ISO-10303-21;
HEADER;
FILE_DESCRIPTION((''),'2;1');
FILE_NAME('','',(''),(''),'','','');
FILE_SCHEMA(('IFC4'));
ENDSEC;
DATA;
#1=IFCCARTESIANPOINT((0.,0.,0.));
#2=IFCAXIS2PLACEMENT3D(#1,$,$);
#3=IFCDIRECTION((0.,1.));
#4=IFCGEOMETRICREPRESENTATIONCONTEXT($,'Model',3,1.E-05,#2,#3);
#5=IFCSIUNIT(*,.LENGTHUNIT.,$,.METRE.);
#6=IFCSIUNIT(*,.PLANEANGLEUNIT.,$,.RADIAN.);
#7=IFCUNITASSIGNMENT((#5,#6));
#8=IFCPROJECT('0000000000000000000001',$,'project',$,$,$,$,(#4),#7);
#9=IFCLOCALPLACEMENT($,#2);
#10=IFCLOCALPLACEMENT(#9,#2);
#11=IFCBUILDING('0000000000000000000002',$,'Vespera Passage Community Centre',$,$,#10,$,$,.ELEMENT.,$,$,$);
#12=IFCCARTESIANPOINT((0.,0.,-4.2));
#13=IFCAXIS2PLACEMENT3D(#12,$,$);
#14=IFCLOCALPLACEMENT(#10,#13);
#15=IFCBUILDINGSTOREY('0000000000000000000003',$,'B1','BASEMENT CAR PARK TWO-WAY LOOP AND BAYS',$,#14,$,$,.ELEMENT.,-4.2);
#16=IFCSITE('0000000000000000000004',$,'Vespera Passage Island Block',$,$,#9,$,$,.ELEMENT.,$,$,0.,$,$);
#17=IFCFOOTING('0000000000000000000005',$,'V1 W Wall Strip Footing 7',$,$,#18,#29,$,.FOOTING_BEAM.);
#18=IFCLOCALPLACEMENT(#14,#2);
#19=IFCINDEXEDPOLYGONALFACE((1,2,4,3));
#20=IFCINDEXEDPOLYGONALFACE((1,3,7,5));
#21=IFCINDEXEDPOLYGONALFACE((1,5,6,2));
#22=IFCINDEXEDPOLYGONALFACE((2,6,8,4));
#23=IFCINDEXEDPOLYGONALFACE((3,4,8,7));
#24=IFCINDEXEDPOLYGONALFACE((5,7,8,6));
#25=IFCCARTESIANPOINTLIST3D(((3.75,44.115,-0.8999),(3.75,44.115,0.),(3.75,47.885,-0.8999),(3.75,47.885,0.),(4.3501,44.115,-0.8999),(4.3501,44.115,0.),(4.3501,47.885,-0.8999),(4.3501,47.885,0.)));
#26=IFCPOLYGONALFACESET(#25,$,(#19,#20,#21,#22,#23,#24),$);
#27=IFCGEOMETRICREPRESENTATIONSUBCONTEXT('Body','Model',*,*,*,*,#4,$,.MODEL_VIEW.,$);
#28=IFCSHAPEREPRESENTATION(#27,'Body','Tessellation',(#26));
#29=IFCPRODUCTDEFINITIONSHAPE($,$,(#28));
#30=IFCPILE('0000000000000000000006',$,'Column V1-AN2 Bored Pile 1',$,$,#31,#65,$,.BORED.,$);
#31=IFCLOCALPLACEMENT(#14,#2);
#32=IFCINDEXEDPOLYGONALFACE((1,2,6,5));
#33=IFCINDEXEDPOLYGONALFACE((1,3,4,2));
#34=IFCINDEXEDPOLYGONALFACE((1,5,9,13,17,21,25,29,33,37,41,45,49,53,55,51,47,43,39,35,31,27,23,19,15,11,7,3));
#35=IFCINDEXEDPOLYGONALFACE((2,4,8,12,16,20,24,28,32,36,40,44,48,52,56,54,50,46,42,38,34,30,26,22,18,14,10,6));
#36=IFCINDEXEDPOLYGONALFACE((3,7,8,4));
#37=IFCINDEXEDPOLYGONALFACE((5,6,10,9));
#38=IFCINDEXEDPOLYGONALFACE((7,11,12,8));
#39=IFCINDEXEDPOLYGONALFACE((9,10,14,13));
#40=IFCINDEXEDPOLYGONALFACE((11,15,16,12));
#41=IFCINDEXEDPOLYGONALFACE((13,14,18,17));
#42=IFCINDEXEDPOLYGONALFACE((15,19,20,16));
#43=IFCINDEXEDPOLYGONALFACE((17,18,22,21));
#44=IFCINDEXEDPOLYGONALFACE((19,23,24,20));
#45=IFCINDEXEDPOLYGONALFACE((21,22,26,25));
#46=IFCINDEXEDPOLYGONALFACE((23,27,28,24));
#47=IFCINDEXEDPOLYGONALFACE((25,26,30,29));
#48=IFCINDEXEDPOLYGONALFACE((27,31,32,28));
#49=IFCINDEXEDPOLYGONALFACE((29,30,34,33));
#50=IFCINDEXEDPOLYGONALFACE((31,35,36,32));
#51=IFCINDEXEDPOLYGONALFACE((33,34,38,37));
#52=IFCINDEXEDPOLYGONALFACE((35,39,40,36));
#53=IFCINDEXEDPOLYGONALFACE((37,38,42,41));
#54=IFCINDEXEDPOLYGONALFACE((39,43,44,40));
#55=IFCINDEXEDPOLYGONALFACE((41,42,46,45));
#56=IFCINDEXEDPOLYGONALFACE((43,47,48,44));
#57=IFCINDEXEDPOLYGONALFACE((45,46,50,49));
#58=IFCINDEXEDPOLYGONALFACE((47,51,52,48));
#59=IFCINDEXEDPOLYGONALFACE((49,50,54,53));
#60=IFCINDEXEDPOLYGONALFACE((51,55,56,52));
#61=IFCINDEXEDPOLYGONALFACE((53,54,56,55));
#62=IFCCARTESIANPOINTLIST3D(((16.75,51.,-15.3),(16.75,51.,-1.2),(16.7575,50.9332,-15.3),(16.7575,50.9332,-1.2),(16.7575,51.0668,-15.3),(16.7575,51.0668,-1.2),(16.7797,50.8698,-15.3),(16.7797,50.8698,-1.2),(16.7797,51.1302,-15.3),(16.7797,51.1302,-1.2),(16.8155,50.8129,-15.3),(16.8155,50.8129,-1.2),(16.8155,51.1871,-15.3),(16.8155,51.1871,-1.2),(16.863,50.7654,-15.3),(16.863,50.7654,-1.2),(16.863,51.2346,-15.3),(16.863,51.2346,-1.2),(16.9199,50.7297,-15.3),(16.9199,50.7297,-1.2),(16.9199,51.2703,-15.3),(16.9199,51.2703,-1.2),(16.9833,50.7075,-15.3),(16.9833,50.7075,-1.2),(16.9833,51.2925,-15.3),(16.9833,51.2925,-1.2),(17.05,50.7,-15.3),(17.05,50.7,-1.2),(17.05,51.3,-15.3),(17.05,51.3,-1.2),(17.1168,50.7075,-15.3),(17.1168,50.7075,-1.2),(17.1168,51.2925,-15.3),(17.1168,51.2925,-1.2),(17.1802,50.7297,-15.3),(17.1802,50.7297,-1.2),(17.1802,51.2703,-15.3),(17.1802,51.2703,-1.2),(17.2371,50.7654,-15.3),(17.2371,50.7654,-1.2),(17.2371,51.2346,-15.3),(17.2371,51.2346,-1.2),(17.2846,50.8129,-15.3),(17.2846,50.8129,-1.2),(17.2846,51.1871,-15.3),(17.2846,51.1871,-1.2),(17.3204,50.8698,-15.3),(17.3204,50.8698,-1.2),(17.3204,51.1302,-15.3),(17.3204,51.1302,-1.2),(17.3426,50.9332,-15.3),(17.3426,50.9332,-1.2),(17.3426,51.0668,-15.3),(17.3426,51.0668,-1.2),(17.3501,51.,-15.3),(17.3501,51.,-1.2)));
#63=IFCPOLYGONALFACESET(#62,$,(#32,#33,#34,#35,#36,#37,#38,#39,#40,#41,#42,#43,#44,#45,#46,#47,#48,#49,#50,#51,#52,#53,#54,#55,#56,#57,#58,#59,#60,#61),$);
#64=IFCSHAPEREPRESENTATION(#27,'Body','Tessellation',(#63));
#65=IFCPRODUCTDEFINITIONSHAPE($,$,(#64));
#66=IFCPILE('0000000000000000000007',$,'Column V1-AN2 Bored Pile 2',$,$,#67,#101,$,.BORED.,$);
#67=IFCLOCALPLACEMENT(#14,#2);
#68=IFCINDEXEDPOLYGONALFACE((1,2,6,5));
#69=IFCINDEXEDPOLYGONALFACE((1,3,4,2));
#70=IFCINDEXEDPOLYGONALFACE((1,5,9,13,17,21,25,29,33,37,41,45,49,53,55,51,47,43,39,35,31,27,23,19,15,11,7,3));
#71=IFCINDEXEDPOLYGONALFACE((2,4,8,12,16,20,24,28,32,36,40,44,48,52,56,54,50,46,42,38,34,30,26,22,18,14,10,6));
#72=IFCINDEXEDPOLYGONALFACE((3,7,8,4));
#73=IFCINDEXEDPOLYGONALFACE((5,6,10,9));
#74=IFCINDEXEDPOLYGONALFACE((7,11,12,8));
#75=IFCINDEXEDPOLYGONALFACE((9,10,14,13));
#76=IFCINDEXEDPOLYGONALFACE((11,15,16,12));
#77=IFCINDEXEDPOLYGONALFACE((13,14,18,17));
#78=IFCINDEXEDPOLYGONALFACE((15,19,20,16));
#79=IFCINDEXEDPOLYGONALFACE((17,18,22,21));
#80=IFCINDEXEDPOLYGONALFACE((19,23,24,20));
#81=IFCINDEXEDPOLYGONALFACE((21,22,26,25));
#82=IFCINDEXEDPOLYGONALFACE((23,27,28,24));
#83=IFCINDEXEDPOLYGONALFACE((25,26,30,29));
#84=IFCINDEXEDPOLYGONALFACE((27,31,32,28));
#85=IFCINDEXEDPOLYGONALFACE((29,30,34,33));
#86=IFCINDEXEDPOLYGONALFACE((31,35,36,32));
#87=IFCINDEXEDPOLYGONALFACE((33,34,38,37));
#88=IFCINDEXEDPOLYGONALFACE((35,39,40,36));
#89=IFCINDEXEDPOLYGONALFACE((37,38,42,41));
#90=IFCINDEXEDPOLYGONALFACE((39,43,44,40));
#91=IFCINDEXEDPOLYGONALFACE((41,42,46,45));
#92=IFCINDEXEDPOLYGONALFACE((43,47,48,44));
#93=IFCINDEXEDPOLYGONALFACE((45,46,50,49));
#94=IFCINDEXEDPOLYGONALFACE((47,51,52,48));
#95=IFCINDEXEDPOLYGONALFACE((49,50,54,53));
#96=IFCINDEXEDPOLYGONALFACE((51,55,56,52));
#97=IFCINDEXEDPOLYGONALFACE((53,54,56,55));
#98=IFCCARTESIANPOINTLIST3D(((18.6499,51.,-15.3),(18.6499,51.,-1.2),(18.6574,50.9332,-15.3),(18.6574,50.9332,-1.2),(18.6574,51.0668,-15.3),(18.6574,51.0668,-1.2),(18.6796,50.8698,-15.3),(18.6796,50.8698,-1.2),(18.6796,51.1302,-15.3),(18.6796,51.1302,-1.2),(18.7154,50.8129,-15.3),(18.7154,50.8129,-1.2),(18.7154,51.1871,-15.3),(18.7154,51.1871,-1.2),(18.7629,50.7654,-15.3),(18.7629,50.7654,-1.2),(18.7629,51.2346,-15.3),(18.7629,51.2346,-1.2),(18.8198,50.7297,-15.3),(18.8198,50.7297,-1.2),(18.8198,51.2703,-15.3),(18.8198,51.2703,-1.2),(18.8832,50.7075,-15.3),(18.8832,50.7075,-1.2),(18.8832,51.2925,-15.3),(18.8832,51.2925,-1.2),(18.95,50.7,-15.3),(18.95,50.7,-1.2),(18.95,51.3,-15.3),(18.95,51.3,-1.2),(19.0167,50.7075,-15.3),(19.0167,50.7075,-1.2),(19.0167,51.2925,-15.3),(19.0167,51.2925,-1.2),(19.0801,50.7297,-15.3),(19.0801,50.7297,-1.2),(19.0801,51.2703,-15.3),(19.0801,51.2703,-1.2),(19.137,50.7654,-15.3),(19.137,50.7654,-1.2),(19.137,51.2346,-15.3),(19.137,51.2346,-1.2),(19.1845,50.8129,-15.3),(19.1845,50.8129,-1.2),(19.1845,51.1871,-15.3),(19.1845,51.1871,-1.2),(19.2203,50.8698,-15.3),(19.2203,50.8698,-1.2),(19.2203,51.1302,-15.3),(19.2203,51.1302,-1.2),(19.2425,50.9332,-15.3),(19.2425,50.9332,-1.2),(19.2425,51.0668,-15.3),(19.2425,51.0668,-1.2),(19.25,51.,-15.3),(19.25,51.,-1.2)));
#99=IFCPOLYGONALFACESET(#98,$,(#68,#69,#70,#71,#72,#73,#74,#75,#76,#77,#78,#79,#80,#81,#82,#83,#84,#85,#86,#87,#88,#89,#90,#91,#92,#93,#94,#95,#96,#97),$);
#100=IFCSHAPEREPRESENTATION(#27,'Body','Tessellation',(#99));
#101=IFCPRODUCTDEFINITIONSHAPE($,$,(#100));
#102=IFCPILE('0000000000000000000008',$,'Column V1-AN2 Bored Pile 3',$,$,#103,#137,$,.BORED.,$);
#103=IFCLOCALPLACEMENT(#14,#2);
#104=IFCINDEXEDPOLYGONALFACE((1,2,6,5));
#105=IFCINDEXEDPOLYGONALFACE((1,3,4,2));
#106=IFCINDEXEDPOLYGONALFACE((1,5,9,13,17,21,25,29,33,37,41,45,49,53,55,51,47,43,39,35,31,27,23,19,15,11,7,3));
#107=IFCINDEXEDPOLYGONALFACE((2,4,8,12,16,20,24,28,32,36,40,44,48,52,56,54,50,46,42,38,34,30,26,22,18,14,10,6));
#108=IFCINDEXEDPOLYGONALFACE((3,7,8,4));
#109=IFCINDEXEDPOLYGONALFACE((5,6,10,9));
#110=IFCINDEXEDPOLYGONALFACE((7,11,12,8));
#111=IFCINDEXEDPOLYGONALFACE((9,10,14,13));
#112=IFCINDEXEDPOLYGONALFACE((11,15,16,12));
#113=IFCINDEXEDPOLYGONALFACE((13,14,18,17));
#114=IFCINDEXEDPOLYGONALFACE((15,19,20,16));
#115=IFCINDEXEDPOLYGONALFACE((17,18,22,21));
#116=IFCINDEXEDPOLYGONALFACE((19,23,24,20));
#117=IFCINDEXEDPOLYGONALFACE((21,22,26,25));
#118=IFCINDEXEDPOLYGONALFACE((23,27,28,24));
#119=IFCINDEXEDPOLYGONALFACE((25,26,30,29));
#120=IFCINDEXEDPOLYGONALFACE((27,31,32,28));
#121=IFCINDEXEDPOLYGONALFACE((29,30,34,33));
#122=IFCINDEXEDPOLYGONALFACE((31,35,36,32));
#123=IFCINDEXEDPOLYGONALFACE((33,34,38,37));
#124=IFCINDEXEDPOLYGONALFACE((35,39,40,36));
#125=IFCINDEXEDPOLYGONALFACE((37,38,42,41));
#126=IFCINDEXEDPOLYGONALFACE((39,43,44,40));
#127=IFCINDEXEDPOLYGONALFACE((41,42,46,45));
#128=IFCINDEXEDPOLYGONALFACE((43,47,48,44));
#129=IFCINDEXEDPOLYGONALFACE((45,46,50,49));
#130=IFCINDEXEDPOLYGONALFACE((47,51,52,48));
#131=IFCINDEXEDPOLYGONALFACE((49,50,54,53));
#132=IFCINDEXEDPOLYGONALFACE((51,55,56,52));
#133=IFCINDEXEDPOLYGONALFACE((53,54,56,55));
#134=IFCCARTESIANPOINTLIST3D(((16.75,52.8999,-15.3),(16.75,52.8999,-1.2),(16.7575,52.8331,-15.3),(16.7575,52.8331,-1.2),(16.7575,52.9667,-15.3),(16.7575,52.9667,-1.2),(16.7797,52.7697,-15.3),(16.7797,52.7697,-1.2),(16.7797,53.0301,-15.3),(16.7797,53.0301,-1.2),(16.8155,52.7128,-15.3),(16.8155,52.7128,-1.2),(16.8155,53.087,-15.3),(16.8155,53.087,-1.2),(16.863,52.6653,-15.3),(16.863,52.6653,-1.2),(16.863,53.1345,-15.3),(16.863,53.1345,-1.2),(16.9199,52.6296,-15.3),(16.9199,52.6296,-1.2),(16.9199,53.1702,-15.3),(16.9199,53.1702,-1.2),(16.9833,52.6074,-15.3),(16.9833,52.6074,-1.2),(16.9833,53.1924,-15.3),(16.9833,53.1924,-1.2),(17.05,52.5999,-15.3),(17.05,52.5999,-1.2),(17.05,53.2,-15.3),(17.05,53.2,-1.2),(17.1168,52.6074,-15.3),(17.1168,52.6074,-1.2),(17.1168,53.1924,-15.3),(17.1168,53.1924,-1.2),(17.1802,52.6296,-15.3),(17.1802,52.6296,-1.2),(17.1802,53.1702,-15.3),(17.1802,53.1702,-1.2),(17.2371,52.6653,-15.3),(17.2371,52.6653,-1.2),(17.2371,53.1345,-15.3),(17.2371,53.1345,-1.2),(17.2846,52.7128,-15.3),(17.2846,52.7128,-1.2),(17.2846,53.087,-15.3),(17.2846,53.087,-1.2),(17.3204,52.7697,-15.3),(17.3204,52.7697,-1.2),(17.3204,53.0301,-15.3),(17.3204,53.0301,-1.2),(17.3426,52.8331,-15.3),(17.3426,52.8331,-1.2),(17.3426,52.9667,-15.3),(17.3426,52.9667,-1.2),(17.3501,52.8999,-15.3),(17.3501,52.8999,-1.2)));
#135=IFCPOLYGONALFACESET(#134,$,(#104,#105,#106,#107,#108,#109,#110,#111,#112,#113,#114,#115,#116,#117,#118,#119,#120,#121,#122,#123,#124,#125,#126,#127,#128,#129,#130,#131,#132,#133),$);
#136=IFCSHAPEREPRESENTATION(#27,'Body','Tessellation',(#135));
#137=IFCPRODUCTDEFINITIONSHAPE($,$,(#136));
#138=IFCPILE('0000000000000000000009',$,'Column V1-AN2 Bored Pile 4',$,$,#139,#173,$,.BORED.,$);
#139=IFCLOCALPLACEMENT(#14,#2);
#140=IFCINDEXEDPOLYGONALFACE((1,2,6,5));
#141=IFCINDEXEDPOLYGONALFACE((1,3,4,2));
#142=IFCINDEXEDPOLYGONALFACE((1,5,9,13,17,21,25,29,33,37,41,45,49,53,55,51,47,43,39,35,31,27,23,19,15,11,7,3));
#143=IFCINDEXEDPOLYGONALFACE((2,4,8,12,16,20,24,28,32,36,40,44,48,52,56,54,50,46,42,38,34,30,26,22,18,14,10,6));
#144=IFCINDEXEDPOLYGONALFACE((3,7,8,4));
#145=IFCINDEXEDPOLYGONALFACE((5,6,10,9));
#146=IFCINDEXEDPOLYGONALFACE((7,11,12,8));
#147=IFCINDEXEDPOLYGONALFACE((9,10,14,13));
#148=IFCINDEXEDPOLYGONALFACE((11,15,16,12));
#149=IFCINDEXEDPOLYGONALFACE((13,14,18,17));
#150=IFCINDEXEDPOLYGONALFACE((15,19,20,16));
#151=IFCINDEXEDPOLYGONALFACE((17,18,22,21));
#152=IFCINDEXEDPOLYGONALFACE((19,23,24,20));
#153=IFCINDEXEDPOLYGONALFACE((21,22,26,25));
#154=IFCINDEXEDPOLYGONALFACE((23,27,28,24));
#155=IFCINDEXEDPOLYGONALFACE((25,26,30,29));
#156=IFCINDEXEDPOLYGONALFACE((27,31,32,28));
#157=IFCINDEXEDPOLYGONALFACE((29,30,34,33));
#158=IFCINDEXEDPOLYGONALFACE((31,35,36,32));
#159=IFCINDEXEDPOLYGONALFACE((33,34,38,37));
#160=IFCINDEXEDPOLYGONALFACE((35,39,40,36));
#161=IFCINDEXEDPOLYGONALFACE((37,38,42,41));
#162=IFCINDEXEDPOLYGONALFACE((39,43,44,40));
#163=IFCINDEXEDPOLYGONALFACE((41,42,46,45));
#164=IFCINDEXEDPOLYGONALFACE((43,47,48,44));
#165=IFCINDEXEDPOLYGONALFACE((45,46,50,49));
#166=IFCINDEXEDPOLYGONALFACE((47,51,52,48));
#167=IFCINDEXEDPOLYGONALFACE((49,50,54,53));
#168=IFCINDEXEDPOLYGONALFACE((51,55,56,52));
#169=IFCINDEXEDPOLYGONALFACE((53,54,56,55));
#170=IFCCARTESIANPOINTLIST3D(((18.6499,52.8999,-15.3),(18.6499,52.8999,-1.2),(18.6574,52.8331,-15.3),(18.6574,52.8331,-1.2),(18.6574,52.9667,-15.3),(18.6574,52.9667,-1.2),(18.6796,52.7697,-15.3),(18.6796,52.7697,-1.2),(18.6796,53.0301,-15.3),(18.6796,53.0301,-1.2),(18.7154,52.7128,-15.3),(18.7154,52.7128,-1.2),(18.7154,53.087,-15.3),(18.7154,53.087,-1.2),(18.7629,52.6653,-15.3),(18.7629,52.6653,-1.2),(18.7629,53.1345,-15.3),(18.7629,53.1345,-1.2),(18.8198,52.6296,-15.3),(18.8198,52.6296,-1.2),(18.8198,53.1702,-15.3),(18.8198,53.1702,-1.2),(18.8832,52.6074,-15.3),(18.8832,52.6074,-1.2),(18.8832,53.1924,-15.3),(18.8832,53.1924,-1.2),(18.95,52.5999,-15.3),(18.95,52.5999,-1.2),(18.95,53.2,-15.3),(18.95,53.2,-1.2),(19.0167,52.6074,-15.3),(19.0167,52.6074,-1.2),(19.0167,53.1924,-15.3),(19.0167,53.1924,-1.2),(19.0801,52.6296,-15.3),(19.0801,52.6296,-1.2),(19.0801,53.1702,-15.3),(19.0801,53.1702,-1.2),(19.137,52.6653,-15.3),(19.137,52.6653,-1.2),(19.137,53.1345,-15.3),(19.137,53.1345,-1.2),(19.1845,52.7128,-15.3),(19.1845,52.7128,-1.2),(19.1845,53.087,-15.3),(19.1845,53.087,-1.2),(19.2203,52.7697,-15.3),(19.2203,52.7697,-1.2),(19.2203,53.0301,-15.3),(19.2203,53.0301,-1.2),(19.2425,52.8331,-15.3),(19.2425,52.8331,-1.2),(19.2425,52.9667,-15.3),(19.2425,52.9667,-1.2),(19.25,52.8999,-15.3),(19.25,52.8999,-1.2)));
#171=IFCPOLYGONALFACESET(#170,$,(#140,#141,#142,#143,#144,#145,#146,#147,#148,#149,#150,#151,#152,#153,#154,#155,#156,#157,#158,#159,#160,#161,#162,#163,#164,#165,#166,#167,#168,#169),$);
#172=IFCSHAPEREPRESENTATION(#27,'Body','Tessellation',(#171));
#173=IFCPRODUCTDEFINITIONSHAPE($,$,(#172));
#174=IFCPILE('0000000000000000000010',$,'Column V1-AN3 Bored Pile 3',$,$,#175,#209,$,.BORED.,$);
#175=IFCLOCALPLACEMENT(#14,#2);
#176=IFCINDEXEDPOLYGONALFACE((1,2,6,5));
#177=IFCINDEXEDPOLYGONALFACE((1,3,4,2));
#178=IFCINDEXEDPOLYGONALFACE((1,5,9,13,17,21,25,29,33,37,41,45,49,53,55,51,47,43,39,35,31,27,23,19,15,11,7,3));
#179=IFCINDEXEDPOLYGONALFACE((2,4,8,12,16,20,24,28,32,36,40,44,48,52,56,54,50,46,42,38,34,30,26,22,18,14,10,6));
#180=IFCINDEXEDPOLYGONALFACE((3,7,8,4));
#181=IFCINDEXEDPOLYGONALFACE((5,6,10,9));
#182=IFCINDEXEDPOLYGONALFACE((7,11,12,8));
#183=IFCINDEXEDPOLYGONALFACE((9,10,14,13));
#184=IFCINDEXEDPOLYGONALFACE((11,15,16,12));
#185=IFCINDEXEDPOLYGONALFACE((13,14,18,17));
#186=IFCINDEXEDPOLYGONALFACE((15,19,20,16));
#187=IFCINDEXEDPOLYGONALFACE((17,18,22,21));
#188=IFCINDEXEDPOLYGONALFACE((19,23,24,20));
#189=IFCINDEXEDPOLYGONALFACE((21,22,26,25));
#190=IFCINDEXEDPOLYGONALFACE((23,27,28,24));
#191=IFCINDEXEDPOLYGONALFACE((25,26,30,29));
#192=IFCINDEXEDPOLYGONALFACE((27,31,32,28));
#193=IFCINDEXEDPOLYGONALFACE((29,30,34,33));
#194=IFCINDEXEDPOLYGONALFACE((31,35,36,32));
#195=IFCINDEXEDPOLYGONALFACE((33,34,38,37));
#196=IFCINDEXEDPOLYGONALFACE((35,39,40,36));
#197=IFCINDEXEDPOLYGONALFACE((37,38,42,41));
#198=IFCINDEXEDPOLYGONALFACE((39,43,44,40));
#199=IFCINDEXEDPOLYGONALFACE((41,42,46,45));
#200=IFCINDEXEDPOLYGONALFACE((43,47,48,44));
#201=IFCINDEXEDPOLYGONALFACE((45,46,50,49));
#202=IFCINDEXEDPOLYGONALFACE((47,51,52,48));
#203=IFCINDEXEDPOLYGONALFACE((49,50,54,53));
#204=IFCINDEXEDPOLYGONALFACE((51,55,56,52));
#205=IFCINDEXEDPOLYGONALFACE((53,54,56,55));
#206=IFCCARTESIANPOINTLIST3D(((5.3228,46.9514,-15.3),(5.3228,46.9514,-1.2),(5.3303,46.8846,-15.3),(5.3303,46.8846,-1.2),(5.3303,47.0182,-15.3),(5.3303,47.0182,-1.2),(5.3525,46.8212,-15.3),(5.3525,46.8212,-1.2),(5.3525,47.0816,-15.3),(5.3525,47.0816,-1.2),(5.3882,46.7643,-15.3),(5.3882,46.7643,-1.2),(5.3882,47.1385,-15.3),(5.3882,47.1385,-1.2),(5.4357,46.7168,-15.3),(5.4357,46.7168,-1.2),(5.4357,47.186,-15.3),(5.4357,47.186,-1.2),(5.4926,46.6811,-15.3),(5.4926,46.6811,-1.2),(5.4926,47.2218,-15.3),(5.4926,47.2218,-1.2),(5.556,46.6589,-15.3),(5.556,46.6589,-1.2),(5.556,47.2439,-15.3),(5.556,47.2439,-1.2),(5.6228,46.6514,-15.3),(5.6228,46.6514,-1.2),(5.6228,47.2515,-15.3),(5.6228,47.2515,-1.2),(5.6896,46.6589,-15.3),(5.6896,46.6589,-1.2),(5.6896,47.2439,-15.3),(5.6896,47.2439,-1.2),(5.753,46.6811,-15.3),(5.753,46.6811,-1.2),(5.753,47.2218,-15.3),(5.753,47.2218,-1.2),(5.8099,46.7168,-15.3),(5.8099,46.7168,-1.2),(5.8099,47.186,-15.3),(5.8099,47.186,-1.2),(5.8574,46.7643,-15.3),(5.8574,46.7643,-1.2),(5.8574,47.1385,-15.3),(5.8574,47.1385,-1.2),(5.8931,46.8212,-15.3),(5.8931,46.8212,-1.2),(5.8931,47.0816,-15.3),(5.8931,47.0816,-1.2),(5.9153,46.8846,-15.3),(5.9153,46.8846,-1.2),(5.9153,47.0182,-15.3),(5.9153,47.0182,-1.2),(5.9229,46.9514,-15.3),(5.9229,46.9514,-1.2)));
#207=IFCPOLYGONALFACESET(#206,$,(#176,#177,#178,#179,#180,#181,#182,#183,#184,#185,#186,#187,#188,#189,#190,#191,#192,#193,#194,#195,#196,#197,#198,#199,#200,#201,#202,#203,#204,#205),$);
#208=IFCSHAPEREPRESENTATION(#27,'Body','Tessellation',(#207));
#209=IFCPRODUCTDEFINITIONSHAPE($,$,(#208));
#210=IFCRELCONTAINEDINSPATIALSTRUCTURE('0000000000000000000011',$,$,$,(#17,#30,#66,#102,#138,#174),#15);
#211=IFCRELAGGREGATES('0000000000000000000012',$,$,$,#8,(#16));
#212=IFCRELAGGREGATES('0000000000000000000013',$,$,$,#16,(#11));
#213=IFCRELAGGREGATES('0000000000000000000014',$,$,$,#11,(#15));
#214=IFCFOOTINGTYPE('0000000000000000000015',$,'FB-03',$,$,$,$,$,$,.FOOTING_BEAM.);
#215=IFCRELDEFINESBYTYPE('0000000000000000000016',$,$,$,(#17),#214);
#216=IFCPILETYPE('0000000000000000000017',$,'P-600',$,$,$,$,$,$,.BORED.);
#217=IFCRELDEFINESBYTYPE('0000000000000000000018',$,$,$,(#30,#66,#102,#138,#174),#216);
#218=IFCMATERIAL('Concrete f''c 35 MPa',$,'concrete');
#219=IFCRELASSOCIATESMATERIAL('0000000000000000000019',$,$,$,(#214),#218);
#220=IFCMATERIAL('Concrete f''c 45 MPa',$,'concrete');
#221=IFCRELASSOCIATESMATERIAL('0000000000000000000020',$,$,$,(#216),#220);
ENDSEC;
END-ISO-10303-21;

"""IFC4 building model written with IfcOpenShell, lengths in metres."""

from ifc_helpers import new_model, si_unit, direction, frame, origin, origin_2d, place, context, subcontext, project, spatial, rectangle, circle, extrude, material, material_profile, profile_set, type_object, element, save


model = new_model("IFC4")

# Units and contexts
model_context = context("Model", 3, precision=1e-05, world=origin(), true_north=direction((0.0, 1.0)))
body_context = subcontext(model_context, "Body", "Model", "MODEL_VIEW")
ifc_project = project(units=[si_unit("LENGTHUNIT", "METRE"), si_unit("PLANEANGLEUNIT", "RADIAN")], contexts=[model_context])

# Site, building, storey
site_placement = place(None, origin())
site = spatial("IfcSite", under=ifc_project, at=site_placement, Name="Vespera Passage Island Block", CompositionType="ELEMENT", RefElevation=0.0)
building_placement = place(site_placement, origin())
building = spatial("IfcBuilding", under=site, at=building_placement, Name="Vespera Passage Community Centre", CompositionType="ELEMENT")
storey_placement = place(building_placement, frame((0.0, 0.0, -4.2)))
storey = spatial("IfcBuildingStorey", under=building, at=storey_placement, Name="B1", Description="BASEMENT CAR PARK TWO-WAY LOOP AND BAYS", CompositionType="ELEMENT", Elevation=-4.2)

# Footing
ifc_material_1 = material(Name="Concrete f'c 35 MPa", Category="concrete")
footing_type_1 = type_object("IfcFootingType", Name="FB-03", PredefinedType="FOOTING_BEAM", material=ifc_material_1)
footing_1_placement = place(storey_placement, frame((4.05, 46.0, -0.8999), z_axis=(0.0, 0.0, 1.0), x_axis=(0.0, 1.0, 0.0)))
element("IfcFooting", 1, at=footing_1_placement, inside=storey, type_object=footing_type_1, Name="V1 W Wall Strip Footing 7", PredefinedType="FOOTING_BEAM", context=body_context, shape_type="SweptSolid", body=[
    extrude(rectangle(XDim=3.77, YDim=0.6001, at=origin_2d()), origin(), (0.0, 0.0, 1.0), 0.8999),
])

# Piles
ifc_material_2 = material(Name="Concrete f'c 45 MPa", Category="concrete")
ifc_material_profile_1 = material_profile(ifc_material_2, circle(Radius=0.3, at=origin_2d()), Name="PILE600DIA")
ifc_profile_set_1 = profile_set([ifc_material_profile_1], Name="Concrete f'c 45 MPa")
pile_type_1 = type_object("IfcPileType", Name="P-600", PredefinedType="BORED", material=ifc_profile_set_1)
for number, where, z_axis, x_axis, name in (
    (2, (17.05, 51.0, -1.2), (0.0, 0.0, -1.0), (1.0, 0.0, 0.0), "Column V1-AN2 Bored Pile 1"),
    (3, (18.95, 51.0, -1.2), (0.0, 0.0, -1.0), (1.0, 0.0, 0.0), "Column V1-AN2 Bored Pile 2"),
    (4, (17.05, 52.8999, -1.2), (0.0, 0.0, -1.0), (1.0, 0.0, 0.0), "Column V1-AN2 Bored Pile 3"),
    (5, (18.95, 52.8999, -1.2), (0.0, 0.0, -1.0), (1.0, 0.0, 0.0), "Column V1-AN2 Bored Pile 4"),
    (6, (5.6228, 46.9514, -1.2), (0.0, 0.0, -1.0), (1.0, 0.0, 0.0), "Column V1-AN3 Bored Pile 3"),
):
    element("IfcPile", number, at=place(storey_placement, frame(where, z_axis=z_axis, x_axis=x_axis)), inside=storey, type_object=pile_type_1, Name=name, PredefinedType="BORED", context=body_context, shape_type="SweptSolid", body=[
        extrude(circle(Radius=0.3, at=origin_2d()), origin(), (0.0, 0.0, 1.0), 14.1001),
    ])

save(model, "model.ifc")
